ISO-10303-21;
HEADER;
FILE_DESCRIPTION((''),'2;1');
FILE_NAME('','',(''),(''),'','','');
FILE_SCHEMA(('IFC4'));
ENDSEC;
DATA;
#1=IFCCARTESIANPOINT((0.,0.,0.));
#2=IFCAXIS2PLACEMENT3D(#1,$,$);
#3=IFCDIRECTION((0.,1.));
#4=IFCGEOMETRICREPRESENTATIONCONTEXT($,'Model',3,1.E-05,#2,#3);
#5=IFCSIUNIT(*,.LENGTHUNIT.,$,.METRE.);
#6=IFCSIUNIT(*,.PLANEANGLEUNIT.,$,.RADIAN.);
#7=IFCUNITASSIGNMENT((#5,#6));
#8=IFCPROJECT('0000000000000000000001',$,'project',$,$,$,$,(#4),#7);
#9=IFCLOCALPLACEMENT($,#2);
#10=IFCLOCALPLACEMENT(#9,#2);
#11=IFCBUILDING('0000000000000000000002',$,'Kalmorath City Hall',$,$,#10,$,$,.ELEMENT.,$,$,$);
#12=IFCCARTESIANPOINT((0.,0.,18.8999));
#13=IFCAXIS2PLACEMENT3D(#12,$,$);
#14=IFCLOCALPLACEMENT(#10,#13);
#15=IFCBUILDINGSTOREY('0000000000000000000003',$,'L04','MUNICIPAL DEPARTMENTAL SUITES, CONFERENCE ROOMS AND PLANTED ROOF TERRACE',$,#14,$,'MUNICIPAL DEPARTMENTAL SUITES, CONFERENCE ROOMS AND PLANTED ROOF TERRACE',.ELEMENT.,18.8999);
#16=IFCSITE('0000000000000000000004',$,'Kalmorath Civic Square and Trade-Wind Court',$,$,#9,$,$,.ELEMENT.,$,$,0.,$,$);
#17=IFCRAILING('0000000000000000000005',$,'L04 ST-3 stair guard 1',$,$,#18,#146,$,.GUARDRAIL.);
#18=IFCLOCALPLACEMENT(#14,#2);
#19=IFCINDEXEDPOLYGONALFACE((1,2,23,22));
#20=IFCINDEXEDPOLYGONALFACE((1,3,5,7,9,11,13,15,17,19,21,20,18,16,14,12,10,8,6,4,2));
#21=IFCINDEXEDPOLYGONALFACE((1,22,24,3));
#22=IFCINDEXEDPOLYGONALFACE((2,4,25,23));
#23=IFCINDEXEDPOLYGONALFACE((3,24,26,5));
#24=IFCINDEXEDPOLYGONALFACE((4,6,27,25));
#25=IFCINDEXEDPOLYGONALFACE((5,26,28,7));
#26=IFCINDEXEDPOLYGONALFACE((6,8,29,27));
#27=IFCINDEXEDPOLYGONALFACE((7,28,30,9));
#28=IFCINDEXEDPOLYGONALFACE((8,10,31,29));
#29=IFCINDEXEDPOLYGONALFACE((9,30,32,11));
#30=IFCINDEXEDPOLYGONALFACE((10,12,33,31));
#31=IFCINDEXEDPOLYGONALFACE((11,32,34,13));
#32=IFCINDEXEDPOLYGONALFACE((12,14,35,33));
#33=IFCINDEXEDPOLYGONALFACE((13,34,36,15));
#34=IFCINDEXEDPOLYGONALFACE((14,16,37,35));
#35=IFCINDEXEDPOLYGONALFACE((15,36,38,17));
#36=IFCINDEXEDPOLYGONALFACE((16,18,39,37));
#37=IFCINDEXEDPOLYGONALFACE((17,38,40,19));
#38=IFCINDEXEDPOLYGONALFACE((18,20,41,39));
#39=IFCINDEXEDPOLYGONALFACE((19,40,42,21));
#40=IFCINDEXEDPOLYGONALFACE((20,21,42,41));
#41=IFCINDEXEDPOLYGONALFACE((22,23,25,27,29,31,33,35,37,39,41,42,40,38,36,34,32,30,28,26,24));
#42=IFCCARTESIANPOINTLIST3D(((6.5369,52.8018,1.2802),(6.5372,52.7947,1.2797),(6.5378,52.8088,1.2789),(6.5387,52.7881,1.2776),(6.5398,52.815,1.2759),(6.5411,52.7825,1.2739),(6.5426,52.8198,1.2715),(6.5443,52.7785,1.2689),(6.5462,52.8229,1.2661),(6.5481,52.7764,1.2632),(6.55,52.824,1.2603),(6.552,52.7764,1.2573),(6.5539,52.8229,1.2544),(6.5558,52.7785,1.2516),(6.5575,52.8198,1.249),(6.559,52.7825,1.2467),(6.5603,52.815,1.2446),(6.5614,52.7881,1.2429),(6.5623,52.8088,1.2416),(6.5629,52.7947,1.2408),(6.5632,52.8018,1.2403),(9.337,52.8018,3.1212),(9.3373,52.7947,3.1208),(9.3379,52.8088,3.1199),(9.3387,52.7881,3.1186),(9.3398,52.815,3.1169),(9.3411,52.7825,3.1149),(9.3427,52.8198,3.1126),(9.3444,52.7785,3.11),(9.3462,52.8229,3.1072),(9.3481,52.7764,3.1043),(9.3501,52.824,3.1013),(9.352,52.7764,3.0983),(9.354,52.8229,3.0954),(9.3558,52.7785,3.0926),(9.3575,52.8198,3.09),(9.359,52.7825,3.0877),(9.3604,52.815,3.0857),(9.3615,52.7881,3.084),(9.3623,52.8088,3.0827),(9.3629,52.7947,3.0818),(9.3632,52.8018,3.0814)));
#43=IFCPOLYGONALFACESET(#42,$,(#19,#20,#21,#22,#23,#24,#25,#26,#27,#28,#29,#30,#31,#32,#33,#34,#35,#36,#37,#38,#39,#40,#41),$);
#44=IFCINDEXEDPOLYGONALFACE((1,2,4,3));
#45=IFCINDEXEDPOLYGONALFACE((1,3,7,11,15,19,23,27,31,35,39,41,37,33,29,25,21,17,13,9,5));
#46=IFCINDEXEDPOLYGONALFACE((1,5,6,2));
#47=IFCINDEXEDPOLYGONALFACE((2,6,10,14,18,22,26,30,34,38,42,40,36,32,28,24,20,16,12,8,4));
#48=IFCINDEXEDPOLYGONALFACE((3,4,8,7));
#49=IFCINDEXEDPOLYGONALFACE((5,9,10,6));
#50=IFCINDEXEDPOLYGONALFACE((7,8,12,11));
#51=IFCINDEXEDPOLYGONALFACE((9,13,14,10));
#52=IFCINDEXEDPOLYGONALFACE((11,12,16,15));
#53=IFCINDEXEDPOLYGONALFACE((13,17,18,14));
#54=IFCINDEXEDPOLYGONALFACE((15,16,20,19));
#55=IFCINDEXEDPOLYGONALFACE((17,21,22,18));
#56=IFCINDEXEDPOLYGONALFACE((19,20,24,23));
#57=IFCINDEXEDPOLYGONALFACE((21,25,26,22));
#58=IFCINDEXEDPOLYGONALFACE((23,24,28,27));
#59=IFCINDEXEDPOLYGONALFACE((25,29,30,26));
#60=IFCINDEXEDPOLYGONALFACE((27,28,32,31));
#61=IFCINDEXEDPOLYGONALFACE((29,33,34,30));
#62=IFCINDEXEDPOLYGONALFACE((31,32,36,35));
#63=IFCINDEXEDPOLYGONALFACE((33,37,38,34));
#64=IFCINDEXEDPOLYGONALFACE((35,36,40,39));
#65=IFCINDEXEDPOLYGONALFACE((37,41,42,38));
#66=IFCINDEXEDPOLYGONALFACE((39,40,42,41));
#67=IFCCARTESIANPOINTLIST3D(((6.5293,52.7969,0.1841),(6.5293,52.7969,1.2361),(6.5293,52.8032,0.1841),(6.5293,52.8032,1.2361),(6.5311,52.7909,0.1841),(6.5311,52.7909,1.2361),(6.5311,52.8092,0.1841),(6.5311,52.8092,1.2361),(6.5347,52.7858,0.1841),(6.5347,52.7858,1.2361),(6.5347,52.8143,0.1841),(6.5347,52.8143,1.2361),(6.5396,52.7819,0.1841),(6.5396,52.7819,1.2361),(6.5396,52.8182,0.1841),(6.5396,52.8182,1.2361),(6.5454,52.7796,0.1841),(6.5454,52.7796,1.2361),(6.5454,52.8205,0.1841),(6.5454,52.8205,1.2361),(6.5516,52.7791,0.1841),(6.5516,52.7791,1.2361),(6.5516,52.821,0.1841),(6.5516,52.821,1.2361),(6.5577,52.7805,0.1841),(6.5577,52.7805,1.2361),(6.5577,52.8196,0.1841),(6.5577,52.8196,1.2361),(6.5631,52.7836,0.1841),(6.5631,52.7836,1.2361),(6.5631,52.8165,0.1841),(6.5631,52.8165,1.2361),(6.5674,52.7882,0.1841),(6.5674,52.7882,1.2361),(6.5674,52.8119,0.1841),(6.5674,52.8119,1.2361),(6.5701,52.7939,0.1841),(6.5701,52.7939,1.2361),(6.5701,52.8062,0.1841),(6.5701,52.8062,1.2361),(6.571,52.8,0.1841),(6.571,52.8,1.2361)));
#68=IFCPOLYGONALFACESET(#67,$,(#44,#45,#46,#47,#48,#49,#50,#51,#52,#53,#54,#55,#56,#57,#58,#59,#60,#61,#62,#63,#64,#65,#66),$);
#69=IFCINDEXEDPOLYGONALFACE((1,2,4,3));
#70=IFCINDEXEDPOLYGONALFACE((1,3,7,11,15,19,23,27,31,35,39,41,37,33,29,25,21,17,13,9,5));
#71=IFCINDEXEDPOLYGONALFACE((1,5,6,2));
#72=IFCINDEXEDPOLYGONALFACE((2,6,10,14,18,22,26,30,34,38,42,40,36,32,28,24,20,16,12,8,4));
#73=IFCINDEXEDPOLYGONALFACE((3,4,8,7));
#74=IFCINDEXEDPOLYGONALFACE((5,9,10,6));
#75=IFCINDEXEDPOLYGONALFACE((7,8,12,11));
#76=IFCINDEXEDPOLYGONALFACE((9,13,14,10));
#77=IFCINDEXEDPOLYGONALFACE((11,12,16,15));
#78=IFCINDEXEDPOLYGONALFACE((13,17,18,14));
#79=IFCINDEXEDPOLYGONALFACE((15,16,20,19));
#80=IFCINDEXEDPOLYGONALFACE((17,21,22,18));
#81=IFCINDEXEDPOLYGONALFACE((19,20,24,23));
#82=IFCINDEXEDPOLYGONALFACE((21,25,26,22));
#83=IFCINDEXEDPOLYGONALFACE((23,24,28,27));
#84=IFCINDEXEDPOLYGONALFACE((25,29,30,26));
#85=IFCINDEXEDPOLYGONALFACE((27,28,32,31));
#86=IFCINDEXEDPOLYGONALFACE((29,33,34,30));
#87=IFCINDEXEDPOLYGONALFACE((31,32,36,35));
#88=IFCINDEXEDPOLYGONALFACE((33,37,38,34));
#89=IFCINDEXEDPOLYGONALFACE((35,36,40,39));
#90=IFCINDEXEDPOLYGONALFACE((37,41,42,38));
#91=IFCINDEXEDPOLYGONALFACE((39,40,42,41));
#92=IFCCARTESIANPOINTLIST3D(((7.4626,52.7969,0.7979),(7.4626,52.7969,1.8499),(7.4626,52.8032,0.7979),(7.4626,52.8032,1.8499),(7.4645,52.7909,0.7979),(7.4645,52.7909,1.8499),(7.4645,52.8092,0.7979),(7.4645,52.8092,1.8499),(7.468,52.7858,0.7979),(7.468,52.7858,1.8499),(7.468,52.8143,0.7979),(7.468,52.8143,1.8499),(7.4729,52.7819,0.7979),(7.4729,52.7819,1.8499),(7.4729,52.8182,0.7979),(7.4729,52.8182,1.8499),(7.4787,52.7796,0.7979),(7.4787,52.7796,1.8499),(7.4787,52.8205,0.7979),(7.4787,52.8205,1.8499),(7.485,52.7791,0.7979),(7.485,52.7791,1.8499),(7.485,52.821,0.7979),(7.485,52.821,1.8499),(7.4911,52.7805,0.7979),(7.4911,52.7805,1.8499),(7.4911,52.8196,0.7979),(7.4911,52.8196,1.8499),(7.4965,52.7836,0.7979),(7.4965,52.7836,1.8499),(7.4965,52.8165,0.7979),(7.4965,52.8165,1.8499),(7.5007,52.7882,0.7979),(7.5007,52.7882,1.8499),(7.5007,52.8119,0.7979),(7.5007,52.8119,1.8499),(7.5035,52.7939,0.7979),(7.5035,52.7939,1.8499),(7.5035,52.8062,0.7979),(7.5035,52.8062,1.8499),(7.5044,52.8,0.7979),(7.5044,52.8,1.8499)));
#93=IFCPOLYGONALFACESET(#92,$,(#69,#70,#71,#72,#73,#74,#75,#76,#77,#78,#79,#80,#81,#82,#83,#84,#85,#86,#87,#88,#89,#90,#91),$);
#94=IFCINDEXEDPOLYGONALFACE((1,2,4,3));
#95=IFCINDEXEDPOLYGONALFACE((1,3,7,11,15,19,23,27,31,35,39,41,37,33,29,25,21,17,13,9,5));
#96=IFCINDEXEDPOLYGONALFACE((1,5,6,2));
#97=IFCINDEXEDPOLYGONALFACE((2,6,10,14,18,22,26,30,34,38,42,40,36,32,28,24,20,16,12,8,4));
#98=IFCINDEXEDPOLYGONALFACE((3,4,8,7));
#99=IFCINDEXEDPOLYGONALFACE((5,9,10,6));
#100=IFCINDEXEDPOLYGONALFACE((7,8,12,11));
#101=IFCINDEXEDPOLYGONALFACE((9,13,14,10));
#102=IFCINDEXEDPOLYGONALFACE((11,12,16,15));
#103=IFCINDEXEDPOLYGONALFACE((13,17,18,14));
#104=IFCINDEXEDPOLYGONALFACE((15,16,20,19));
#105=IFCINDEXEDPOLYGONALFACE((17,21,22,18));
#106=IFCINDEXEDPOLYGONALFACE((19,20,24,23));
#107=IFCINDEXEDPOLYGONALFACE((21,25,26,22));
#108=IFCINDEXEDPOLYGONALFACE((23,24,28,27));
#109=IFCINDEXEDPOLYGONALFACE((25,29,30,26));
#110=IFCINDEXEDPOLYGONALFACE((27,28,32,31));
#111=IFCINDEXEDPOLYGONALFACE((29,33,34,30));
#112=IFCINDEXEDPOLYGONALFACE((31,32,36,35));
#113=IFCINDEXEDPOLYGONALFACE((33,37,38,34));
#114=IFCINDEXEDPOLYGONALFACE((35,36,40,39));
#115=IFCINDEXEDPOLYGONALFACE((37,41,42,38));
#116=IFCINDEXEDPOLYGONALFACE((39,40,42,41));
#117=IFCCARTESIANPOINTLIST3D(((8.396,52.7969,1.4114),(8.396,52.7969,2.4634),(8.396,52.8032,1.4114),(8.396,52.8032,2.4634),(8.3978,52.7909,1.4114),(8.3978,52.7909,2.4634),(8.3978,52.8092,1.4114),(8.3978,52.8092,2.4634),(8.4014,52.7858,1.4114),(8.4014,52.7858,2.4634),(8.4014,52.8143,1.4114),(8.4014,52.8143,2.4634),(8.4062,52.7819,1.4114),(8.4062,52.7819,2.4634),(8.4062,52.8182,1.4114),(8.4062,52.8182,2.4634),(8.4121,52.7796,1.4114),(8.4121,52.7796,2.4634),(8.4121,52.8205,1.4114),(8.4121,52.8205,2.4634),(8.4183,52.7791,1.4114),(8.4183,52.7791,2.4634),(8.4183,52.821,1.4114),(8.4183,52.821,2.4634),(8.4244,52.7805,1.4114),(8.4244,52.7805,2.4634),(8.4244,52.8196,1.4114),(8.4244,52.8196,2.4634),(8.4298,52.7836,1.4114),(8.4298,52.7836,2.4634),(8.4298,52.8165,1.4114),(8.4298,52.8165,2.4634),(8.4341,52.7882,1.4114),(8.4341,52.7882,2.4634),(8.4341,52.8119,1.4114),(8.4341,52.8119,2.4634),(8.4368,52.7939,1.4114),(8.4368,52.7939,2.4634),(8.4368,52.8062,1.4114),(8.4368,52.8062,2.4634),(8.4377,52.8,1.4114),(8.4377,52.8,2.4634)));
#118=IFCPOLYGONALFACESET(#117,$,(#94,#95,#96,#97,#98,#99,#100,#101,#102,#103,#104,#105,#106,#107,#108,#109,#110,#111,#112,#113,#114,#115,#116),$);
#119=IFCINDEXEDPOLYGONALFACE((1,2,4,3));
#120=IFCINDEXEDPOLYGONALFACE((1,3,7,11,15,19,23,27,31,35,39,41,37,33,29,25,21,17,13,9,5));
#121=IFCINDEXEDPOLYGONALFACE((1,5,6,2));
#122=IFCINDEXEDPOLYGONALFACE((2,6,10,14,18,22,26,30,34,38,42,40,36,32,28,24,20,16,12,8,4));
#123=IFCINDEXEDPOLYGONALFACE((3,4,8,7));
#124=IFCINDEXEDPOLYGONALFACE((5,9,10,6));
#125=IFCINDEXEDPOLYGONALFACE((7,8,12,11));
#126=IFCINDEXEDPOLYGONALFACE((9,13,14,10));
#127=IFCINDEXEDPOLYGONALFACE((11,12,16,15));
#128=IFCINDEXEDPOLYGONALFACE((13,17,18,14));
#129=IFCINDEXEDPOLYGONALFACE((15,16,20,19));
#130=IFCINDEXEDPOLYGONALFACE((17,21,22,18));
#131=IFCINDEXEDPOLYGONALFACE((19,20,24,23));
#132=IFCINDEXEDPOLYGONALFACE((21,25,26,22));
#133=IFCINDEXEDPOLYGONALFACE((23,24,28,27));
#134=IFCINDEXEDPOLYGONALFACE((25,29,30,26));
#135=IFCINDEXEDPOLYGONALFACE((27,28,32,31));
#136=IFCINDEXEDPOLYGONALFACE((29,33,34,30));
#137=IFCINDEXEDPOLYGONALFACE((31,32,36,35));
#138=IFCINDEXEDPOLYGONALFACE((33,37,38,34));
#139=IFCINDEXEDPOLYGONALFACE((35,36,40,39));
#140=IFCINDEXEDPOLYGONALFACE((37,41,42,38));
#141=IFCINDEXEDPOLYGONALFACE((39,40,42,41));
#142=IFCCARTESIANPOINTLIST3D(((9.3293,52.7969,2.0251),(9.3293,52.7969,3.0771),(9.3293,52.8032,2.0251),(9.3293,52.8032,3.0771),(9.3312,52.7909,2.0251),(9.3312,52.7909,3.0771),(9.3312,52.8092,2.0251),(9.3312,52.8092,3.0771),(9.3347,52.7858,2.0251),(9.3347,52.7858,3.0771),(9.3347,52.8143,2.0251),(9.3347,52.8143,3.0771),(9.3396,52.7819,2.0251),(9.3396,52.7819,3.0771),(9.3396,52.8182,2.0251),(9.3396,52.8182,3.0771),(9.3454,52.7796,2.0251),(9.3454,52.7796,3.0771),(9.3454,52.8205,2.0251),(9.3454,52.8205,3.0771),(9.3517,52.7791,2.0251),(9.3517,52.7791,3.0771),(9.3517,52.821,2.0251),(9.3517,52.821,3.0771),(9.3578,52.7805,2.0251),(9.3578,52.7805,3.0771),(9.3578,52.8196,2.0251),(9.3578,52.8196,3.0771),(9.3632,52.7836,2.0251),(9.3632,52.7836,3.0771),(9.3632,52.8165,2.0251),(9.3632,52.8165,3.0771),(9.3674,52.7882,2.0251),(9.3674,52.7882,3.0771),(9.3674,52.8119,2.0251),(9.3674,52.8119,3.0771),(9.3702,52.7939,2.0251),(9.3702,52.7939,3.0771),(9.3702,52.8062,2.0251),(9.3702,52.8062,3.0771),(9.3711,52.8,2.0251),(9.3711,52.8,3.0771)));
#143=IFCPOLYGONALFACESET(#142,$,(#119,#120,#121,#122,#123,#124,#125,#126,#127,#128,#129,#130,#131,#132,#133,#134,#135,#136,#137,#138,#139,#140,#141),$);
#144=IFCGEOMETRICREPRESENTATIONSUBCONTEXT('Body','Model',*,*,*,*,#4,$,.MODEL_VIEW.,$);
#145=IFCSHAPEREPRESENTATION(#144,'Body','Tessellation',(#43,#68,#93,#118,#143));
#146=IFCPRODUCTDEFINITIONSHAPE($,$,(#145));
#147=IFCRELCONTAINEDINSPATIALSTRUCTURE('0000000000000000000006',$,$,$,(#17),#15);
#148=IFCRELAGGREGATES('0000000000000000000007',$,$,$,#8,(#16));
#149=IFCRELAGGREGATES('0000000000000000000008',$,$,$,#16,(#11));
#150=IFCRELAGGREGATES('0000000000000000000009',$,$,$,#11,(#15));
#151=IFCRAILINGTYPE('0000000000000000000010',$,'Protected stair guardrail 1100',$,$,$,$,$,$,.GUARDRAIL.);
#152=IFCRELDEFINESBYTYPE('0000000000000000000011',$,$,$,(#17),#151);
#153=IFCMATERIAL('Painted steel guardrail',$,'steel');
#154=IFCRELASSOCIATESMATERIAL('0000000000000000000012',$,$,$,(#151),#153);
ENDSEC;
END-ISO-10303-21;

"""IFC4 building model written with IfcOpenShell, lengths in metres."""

from ifc_helpers import new_model, si_unit, direction, frame, origin, origin_2d, place, context, subcontext, project, spatial, circle, extrude, material, type_object, element, save


model = new_model("IFC4")

# Units and contexts
model_context = context("Model", 3, precision=1e-05, world=origin(), true_north=direction((0.0, 1.0)))
body_context = subcontext(model_context, "Body", "Model", "MODEL_VIEW")
ifc_project = project(units=[si_unit("LENGTHUNIT", "METRE"), si_unit("PLANEANGLEUNIT", "RADIAN")], contexts=[model_context])

# Site, building, storey
site_placement = place(None, origin())
site = spatial("IfcSite", under=ifc_project, at=site_placement, Name="Kalmorath Civic Square and Trade-Wind Court", CompositionType="ELEMENT", RefElevation=0.0)
building_placement = place(site_placement, origin())
building = spatial("IfcBuilding", under=site, at=building_placement, Name="Kalmorath City Hall", CompositionType="ELEMENT")
storey_placement = place(building_placement, frame((0.0, 0.0, 18.8999)))
storey = spatial("IfcBuildingStorey", under=building, at=storey_placement, Name="L04", Description="MUNICIPAL DEPARTMENTAL SUITES, CONFERENCE ROOMS AND PLANTED ROOF TERRACE", LongName="MUNICIPAL DEPARTMENTAL SUITES, CONFERENCE ROOMS AND PLANTED ROOF TERRACE", CompositionType="ELEMENT", Elevation=18.8999)

# Railing
ifc_material_1 = material(Name="Painted steel guardrail", Category="steel")
railing_type_1 = type_object("IfcRailingType", Name="Protected stair guardrail 1100", PredefinedType="GUARDRAIL", material=ifc_material_1)
railing_1_placement = place(storey_placement, frame((6.55, 52.8, 0.1841)))
element("IfcRailing", 1, at=railing_1_placement, inside=storey, type_object=railing_type_1, Name="L04 ST-3 stair guard 1", PredefinedType="GUARDRAIL", context=body_context, shape_type="SweptSolid", body=[
    extrude(circle(Radius=0.0239, at=origin_2d()), frame((0.0, 0.0, 1.0762), z_axis=(0.835564, 0.0, 0.549393), x_axis=(0.0, 1.0, 0.0)), (0.0, 0.0, 1.0), 3.3511),
    extrude(circle(Radius=0.021, at=origin_2d()), origin(), (0.0, 0.0, 1.0), 1.052),
    extrude(circle(Radius=0.021, at=origin_2d()), frame((0.9333, 0.0, 0.6138)), (0.0, 0.0, 1.0), 1.052),
    extrude(circle(Radius=0.021, at=origin_2d()), frame((1.8667, 0.0, 1.2273)), (0.0, 0.0, 1.0), 1.052),
    extrude(circle(Radius=0.021, at=origin_2d()), frame((2.8, 0.0, 1.8411)), (0.0, 0.0, 1.0), 1.052),
])

save(model, "model.ifc")
